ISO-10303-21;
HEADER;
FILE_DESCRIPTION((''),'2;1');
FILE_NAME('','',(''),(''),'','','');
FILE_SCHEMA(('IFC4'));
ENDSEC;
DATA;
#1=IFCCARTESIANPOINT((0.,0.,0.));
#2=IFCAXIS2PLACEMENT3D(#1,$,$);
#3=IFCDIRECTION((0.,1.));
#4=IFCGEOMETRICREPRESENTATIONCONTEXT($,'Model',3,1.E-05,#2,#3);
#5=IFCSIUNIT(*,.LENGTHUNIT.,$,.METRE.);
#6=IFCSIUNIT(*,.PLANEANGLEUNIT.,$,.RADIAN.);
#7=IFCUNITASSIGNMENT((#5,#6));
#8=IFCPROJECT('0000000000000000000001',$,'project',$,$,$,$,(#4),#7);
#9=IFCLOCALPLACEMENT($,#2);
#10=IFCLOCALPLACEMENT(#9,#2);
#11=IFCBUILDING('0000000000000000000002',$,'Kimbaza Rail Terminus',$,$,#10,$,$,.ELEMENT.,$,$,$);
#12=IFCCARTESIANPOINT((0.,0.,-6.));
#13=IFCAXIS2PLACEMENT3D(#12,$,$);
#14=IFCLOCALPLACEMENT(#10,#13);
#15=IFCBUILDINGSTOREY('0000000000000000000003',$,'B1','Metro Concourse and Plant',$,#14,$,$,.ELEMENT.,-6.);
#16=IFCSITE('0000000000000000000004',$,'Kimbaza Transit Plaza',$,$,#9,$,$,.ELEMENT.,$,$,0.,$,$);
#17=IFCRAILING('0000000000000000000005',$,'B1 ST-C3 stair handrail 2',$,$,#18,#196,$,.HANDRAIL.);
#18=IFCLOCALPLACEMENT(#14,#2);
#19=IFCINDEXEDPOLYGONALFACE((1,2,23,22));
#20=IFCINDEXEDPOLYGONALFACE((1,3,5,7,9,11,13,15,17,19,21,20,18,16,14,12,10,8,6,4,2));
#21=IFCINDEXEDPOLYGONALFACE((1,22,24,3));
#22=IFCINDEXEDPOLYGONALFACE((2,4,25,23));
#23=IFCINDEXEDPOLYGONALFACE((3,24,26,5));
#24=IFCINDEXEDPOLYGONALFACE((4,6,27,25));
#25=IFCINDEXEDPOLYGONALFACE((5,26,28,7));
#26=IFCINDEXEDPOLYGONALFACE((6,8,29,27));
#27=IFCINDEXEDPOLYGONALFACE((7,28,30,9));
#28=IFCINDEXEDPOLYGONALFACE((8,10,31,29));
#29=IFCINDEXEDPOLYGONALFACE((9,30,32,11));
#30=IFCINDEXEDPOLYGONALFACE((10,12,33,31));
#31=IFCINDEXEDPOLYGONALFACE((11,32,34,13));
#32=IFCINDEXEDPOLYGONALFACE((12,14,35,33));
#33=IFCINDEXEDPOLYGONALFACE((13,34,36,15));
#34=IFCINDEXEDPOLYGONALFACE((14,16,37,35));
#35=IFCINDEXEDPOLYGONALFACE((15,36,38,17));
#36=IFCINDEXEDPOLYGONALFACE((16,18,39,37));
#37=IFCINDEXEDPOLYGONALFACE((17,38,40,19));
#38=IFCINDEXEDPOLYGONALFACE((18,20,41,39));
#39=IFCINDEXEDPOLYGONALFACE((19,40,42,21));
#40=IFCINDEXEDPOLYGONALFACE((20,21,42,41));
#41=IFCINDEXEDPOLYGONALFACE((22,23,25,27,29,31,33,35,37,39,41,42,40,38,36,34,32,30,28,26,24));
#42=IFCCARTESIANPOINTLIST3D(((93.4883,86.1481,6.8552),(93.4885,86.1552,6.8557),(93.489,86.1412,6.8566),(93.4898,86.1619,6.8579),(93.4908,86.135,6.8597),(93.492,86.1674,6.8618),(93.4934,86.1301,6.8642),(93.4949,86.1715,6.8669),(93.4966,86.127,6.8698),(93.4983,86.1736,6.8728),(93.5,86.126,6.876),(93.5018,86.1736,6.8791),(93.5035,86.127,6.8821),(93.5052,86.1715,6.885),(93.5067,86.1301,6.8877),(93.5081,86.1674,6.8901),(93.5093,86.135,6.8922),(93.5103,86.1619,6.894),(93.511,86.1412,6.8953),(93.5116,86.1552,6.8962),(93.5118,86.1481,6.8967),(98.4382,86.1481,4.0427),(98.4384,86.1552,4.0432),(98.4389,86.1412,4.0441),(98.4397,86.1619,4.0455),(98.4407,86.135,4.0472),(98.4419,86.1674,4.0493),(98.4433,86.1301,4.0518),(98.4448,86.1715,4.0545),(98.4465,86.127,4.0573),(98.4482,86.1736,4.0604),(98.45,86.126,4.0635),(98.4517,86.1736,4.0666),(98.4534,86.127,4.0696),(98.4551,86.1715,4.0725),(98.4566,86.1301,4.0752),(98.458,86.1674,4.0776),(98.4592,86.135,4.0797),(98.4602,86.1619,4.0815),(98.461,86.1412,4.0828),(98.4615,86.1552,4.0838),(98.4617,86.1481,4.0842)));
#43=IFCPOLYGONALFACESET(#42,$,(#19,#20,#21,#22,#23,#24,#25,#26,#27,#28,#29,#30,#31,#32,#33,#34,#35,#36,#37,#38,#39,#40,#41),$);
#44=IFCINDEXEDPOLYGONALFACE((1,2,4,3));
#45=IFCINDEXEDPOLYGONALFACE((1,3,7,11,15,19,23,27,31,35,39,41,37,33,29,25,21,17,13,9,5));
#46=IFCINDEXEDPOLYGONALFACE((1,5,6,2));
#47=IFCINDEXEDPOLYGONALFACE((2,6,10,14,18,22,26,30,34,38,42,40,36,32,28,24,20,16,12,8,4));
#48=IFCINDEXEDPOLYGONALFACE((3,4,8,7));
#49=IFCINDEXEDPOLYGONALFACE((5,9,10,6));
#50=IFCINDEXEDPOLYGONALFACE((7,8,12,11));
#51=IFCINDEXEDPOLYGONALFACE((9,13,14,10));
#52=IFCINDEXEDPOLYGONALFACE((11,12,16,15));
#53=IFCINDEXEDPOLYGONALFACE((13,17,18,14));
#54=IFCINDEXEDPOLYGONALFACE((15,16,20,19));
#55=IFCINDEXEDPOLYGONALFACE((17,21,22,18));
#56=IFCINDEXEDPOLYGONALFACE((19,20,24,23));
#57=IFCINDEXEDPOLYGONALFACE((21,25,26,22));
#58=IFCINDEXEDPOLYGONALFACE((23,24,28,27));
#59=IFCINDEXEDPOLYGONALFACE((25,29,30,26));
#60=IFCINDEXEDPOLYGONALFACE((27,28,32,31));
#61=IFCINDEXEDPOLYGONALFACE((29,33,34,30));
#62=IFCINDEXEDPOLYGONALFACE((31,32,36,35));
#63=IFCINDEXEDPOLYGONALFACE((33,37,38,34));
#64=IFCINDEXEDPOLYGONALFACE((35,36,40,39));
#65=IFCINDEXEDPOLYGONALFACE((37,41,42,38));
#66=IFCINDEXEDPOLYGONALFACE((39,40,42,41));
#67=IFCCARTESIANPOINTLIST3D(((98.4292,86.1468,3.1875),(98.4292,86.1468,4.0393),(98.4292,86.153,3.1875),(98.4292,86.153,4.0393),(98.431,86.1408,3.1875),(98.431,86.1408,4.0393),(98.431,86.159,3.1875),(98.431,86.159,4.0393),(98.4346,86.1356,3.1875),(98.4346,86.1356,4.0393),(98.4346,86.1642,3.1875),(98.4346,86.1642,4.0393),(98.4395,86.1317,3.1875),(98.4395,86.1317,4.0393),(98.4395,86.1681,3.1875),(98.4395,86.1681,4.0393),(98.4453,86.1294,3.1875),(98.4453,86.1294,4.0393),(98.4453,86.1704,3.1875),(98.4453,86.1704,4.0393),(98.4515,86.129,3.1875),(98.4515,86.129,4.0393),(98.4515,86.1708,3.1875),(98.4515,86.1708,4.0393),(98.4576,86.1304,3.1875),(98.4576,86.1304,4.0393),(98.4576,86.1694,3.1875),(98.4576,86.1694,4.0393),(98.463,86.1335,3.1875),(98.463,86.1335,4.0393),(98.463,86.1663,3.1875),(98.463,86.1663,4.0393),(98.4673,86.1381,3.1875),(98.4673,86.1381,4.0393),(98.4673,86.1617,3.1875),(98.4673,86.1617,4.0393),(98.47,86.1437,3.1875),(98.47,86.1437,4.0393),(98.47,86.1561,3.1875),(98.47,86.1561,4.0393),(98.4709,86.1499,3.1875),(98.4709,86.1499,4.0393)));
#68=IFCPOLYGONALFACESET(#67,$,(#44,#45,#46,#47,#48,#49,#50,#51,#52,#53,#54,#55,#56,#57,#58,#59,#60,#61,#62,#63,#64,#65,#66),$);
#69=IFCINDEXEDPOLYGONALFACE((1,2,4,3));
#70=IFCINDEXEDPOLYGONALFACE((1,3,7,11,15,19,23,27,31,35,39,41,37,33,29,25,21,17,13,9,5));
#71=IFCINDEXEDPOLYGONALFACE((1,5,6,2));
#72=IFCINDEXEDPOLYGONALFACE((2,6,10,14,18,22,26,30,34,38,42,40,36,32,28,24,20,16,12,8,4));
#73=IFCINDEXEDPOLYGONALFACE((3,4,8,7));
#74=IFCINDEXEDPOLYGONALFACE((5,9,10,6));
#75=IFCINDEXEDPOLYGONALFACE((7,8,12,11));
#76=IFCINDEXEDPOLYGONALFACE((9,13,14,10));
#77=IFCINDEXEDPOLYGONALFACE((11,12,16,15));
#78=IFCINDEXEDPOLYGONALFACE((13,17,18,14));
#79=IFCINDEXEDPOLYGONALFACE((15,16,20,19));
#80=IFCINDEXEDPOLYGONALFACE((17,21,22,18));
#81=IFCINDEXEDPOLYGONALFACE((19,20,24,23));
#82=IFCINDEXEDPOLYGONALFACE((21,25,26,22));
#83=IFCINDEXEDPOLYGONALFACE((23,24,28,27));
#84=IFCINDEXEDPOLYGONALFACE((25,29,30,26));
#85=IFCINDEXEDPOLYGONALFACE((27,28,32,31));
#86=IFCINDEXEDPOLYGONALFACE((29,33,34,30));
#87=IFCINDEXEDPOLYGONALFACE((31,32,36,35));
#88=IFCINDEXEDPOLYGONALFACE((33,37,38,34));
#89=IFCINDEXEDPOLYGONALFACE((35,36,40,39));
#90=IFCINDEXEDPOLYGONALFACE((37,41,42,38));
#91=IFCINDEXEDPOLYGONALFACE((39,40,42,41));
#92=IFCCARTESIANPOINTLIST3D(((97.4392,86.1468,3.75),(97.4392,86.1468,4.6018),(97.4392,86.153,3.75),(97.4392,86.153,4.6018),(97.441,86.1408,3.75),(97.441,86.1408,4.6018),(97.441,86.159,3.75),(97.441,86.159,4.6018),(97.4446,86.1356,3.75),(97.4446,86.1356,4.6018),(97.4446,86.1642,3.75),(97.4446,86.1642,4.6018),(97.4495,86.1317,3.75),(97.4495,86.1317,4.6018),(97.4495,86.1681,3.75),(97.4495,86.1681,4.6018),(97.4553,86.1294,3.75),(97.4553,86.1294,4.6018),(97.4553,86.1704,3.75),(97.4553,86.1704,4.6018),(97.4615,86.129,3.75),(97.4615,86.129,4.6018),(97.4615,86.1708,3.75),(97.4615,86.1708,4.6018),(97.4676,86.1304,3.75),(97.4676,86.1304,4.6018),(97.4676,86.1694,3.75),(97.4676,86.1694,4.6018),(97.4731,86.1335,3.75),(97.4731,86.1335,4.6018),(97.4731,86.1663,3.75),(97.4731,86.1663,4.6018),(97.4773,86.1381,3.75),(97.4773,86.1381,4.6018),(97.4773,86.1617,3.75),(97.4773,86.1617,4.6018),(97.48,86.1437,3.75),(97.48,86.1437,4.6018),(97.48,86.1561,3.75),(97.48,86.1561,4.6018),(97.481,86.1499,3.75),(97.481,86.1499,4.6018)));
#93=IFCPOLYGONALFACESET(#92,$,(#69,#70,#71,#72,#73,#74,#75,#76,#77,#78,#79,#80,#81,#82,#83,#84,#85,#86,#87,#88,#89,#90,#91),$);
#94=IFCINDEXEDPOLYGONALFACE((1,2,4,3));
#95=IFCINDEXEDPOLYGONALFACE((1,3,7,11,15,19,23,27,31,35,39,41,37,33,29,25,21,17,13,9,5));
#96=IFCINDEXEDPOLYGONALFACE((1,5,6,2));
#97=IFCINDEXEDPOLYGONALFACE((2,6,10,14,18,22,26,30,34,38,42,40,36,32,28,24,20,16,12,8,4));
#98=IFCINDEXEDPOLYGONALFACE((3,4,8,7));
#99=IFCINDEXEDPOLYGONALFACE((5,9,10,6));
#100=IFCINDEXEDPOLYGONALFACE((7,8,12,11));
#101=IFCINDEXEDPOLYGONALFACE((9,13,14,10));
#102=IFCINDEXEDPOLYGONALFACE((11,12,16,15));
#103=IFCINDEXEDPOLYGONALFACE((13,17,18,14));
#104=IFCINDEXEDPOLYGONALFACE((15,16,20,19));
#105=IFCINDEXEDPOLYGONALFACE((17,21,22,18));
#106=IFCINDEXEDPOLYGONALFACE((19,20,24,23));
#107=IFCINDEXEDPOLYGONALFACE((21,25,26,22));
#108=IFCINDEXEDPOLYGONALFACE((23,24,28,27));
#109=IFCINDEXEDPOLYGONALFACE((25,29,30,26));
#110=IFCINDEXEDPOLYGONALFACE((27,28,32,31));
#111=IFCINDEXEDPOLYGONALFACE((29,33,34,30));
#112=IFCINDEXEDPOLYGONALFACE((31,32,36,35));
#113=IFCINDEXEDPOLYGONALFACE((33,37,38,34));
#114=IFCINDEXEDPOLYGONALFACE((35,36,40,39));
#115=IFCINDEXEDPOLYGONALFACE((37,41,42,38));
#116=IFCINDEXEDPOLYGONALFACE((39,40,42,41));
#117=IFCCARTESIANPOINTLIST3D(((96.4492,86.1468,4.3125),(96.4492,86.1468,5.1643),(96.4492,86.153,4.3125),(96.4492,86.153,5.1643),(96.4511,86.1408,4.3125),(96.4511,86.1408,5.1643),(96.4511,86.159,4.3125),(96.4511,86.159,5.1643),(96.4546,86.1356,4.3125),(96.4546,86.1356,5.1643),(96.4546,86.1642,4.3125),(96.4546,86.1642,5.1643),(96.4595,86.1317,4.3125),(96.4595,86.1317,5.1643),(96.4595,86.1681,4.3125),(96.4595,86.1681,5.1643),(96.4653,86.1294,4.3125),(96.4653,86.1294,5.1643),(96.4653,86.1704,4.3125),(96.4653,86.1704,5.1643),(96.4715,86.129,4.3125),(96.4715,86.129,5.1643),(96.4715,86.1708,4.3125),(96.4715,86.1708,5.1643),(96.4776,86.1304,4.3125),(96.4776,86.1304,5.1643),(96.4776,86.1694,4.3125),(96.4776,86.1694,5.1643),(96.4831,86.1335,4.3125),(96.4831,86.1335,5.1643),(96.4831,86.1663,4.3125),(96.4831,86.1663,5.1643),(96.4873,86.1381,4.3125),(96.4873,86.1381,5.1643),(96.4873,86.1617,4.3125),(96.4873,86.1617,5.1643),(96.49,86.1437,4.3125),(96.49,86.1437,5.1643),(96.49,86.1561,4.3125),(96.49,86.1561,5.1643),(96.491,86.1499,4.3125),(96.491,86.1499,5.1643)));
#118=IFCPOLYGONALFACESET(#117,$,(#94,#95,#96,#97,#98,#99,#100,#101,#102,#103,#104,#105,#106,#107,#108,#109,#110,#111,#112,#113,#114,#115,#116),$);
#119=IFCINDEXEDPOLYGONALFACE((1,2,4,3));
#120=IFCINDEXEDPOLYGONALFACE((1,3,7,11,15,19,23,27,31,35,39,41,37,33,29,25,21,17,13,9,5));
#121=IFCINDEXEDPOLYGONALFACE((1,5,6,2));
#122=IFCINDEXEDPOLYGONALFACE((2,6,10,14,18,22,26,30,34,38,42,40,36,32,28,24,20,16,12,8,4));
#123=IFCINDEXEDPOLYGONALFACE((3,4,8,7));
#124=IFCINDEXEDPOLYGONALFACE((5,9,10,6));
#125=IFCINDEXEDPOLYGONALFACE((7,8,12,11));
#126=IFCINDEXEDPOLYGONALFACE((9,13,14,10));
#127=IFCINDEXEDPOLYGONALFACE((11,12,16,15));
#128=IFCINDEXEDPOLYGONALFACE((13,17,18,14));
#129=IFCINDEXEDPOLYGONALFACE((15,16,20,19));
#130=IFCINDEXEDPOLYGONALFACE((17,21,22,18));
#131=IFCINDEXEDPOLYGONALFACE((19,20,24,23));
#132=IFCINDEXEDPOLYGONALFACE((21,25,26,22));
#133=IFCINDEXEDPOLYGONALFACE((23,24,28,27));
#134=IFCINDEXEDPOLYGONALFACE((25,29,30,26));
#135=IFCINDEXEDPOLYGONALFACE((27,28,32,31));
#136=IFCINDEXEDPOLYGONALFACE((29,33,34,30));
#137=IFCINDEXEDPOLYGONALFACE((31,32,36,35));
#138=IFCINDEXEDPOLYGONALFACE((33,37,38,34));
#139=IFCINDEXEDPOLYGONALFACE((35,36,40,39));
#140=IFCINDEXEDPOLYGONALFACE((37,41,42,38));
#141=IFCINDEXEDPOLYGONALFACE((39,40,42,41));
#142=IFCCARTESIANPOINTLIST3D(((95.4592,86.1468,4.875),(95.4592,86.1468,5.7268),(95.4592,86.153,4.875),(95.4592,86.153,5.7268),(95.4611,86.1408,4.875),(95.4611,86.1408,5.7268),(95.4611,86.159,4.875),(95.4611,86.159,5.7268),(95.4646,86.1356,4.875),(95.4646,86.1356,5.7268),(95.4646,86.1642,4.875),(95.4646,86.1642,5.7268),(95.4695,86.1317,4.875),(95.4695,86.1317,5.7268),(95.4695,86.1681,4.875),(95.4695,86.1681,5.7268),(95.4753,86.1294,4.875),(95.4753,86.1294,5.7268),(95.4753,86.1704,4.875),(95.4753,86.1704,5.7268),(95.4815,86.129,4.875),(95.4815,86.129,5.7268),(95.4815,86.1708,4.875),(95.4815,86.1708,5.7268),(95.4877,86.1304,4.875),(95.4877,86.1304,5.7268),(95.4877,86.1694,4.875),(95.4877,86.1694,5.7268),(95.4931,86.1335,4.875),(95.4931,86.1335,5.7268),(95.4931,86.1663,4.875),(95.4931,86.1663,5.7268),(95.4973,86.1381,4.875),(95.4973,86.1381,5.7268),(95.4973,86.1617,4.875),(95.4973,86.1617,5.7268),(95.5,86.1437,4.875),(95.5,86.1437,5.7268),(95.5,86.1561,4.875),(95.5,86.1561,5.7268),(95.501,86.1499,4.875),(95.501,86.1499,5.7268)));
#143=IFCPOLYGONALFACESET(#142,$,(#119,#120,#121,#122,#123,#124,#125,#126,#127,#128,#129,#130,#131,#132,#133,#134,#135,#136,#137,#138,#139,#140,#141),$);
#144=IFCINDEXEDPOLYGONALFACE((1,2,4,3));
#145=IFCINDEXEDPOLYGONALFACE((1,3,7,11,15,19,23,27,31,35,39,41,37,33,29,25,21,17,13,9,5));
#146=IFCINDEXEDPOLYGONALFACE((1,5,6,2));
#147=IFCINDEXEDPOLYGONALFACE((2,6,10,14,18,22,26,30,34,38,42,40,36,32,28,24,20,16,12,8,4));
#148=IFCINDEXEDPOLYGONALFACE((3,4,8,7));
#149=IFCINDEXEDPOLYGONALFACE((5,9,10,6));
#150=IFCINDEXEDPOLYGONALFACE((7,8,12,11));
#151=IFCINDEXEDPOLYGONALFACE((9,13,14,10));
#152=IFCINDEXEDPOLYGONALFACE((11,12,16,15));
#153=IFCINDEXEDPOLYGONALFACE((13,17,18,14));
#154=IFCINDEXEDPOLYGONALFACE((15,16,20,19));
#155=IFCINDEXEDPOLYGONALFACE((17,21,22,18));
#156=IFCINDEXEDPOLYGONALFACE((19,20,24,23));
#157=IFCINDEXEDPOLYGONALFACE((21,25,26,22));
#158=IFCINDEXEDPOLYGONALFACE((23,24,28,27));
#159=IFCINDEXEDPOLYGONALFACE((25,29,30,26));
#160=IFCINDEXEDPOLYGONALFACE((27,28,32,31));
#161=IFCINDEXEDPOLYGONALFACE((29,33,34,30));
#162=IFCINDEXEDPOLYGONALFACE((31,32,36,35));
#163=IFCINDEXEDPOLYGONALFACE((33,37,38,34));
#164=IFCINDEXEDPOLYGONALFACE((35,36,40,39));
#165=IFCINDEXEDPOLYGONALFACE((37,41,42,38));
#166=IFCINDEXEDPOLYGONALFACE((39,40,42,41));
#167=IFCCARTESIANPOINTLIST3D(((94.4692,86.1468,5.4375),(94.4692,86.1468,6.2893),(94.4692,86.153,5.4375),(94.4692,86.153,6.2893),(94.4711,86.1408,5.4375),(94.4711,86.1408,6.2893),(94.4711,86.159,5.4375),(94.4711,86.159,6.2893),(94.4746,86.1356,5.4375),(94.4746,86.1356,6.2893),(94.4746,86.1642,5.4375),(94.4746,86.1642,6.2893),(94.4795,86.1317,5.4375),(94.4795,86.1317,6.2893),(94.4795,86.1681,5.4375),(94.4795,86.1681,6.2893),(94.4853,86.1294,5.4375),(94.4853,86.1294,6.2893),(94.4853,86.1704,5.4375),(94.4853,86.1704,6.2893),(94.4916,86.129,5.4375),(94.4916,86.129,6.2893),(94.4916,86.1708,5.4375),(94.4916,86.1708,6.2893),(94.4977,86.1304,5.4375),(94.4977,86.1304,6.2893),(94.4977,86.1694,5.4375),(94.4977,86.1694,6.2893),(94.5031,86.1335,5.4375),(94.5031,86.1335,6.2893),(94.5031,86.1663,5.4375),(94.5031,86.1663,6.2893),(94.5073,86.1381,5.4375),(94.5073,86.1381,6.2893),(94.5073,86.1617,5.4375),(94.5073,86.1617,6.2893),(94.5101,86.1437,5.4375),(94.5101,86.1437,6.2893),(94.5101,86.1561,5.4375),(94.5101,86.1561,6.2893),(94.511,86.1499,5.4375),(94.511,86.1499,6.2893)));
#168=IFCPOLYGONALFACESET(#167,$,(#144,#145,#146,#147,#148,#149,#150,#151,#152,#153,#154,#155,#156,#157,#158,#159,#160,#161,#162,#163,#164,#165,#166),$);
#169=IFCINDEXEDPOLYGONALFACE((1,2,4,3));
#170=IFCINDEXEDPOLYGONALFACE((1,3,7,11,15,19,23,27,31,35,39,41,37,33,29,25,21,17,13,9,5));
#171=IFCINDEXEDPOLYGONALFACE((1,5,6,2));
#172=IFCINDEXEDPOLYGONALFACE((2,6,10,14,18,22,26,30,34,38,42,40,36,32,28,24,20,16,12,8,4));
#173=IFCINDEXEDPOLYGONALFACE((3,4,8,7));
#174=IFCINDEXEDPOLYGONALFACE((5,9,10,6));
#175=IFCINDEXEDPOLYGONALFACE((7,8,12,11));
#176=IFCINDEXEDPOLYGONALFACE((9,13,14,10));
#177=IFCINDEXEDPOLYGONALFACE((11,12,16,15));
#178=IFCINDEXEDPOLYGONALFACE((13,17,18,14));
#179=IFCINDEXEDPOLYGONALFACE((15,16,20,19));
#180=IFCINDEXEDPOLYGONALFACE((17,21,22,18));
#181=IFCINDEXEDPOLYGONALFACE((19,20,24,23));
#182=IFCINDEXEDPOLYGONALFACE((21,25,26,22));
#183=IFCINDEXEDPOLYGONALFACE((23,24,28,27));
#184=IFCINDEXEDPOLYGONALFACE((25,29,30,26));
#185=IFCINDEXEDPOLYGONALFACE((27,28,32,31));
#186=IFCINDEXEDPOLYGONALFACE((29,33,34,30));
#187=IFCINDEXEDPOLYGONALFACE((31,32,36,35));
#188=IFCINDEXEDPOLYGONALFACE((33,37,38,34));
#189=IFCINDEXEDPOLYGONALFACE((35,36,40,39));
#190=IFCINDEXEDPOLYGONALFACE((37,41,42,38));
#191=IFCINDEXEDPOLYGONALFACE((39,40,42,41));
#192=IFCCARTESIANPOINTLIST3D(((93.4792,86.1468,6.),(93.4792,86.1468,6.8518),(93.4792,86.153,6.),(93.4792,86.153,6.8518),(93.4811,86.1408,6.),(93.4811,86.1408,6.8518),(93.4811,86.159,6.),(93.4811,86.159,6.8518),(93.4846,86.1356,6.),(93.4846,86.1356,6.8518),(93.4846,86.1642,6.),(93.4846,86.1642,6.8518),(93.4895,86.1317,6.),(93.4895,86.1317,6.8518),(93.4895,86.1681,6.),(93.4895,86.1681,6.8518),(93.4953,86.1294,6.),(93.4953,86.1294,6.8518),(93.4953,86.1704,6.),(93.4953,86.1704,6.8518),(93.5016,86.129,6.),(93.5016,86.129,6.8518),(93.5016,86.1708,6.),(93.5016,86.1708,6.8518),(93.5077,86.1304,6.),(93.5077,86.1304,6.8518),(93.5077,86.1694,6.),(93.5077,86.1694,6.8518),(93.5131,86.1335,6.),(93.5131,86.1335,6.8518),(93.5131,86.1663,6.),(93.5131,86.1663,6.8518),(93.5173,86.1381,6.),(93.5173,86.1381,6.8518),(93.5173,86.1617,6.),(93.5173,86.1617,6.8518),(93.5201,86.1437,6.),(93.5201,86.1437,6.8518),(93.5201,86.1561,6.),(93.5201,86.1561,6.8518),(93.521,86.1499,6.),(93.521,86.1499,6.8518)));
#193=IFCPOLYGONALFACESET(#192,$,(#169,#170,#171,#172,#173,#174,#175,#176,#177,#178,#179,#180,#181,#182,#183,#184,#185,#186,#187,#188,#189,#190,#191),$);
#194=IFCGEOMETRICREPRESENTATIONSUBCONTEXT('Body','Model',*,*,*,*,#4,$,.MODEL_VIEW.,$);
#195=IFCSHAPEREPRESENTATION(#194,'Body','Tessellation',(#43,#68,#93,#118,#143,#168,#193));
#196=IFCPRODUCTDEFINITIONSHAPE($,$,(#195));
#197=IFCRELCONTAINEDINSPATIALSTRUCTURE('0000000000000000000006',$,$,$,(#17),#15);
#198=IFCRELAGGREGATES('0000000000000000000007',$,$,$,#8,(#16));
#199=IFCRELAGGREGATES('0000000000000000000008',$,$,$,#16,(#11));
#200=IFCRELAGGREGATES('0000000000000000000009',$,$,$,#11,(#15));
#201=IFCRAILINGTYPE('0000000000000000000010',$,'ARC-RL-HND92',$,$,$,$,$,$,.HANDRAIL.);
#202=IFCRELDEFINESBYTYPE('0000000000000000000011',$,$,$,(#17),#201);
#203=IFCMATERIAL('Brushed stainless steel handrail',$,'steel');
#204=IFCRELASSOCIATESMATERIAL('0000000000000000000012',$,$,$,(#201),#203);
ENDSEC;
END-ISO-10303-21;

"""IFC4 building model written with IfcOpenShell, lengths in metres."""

from ifc_helpers import new_model, si_unit, direction, frame, origin, origin_2d, place, context, subcontext, project, spatial, circle, extrude, material, type_object, element, save


model = new_model("IFC4")

# Units and contexts
model_context = context("Model", 3, precision=1e-05, world=origin(), true_north=direction((0.0, 1.0)))
body_context = subcontext(model_context, "Body", "Model", "MODEL_VIEW")
ifc_project = project(units=[si_unit("LENGTHUNIT", "METRE"), si_unit("PLANEANGLEUNIT", "RADIAN")], contexts=[model_context])

# Site, building, storey
site_placement = place(None, origin())
site = spatial("IfcSite", under=ifc_project, at=site_placement, Name="Kimbaza Transit Plaza", CompositionType="ELEMENT", RefElevation=0.0)
building_placement = place(site_placement, origin())
building = spatial("IfcBuilding", under=site, at=building_placement, Name="Kimbaza Rail Terminus", CompositionType="ELEMENT")
storey_placement = place(building_placement, frame((0.0, 0.0, -6.0)))
storey = spatial("IfcBuildingStorey", under=building, at=storey_placement, Name="B1", Description="Metro Concourse and Plant", CompositionType="ELEMENT", Elevation=-6.0)

# Railing
ifc_material_1 = material(Name="Brushed stainless steel handrail", Category="steel")
railing_type = type_object("IfcRailingType", Name="ARC-RL-HND92", PredefinedType="HANDRAIL", material=ifc_material_1)
railing_placement = place(storey_placement, frame((98.45, 86.1499, 3.1875)))
element("IfcRailing", 1, at=railing_placement, inside=storey, type_object=railing_type, Name="B1 ST-C3 stair handrail 2", PredefinedType="HANDRAIL", context=body_context, shape_type="SweptSolid", body=[
    extrude(circle(Radius=0.0239, at=origin_2d()), frame((0.0, 0.0, 0.876), z_axis=(-0.869454, 0.0, 0.494013), x_axis=(0.0, -1.0, 0.0)), (0.0, 0.0, 1.0), 5.6931),
    extrude(circle(Radius=0.021, at=origin_2d()), origin(), (0.0, 0.0, 1.0), 0.8518),
    extrude(circle(Radius=0.021, at=origin_2d()), frame((-0.99, 0.0, 0.5625)), (0.0, 0.0, 1.0), 0.8518),
    extrude(circle(Radius=0.021, at=origin_2d()), frame((-1.98, 0.0, 1.125)), (0.0, 0.0, 1.0), 0.8518),
    extrude(circle(Radius=0.021, at=origin_2d()), frame((-2.97, 0.0, 1.6875)), (0.0, 0.0, 1.0), 0.8518),
    extrude(circle(Radius=0.021, at=origin_2d()), frame((-3.96, 0.0, 2.25)), (0.0, 0.0, 1.0), 0.8518),
    extrude(circle(Radius=0.021, at=origin_2d()), frame((-4.95, 0.0, 2.8125)), (0.0, 0.0, 1.0), 0.8518),
])

save(model, "model.ifc")
